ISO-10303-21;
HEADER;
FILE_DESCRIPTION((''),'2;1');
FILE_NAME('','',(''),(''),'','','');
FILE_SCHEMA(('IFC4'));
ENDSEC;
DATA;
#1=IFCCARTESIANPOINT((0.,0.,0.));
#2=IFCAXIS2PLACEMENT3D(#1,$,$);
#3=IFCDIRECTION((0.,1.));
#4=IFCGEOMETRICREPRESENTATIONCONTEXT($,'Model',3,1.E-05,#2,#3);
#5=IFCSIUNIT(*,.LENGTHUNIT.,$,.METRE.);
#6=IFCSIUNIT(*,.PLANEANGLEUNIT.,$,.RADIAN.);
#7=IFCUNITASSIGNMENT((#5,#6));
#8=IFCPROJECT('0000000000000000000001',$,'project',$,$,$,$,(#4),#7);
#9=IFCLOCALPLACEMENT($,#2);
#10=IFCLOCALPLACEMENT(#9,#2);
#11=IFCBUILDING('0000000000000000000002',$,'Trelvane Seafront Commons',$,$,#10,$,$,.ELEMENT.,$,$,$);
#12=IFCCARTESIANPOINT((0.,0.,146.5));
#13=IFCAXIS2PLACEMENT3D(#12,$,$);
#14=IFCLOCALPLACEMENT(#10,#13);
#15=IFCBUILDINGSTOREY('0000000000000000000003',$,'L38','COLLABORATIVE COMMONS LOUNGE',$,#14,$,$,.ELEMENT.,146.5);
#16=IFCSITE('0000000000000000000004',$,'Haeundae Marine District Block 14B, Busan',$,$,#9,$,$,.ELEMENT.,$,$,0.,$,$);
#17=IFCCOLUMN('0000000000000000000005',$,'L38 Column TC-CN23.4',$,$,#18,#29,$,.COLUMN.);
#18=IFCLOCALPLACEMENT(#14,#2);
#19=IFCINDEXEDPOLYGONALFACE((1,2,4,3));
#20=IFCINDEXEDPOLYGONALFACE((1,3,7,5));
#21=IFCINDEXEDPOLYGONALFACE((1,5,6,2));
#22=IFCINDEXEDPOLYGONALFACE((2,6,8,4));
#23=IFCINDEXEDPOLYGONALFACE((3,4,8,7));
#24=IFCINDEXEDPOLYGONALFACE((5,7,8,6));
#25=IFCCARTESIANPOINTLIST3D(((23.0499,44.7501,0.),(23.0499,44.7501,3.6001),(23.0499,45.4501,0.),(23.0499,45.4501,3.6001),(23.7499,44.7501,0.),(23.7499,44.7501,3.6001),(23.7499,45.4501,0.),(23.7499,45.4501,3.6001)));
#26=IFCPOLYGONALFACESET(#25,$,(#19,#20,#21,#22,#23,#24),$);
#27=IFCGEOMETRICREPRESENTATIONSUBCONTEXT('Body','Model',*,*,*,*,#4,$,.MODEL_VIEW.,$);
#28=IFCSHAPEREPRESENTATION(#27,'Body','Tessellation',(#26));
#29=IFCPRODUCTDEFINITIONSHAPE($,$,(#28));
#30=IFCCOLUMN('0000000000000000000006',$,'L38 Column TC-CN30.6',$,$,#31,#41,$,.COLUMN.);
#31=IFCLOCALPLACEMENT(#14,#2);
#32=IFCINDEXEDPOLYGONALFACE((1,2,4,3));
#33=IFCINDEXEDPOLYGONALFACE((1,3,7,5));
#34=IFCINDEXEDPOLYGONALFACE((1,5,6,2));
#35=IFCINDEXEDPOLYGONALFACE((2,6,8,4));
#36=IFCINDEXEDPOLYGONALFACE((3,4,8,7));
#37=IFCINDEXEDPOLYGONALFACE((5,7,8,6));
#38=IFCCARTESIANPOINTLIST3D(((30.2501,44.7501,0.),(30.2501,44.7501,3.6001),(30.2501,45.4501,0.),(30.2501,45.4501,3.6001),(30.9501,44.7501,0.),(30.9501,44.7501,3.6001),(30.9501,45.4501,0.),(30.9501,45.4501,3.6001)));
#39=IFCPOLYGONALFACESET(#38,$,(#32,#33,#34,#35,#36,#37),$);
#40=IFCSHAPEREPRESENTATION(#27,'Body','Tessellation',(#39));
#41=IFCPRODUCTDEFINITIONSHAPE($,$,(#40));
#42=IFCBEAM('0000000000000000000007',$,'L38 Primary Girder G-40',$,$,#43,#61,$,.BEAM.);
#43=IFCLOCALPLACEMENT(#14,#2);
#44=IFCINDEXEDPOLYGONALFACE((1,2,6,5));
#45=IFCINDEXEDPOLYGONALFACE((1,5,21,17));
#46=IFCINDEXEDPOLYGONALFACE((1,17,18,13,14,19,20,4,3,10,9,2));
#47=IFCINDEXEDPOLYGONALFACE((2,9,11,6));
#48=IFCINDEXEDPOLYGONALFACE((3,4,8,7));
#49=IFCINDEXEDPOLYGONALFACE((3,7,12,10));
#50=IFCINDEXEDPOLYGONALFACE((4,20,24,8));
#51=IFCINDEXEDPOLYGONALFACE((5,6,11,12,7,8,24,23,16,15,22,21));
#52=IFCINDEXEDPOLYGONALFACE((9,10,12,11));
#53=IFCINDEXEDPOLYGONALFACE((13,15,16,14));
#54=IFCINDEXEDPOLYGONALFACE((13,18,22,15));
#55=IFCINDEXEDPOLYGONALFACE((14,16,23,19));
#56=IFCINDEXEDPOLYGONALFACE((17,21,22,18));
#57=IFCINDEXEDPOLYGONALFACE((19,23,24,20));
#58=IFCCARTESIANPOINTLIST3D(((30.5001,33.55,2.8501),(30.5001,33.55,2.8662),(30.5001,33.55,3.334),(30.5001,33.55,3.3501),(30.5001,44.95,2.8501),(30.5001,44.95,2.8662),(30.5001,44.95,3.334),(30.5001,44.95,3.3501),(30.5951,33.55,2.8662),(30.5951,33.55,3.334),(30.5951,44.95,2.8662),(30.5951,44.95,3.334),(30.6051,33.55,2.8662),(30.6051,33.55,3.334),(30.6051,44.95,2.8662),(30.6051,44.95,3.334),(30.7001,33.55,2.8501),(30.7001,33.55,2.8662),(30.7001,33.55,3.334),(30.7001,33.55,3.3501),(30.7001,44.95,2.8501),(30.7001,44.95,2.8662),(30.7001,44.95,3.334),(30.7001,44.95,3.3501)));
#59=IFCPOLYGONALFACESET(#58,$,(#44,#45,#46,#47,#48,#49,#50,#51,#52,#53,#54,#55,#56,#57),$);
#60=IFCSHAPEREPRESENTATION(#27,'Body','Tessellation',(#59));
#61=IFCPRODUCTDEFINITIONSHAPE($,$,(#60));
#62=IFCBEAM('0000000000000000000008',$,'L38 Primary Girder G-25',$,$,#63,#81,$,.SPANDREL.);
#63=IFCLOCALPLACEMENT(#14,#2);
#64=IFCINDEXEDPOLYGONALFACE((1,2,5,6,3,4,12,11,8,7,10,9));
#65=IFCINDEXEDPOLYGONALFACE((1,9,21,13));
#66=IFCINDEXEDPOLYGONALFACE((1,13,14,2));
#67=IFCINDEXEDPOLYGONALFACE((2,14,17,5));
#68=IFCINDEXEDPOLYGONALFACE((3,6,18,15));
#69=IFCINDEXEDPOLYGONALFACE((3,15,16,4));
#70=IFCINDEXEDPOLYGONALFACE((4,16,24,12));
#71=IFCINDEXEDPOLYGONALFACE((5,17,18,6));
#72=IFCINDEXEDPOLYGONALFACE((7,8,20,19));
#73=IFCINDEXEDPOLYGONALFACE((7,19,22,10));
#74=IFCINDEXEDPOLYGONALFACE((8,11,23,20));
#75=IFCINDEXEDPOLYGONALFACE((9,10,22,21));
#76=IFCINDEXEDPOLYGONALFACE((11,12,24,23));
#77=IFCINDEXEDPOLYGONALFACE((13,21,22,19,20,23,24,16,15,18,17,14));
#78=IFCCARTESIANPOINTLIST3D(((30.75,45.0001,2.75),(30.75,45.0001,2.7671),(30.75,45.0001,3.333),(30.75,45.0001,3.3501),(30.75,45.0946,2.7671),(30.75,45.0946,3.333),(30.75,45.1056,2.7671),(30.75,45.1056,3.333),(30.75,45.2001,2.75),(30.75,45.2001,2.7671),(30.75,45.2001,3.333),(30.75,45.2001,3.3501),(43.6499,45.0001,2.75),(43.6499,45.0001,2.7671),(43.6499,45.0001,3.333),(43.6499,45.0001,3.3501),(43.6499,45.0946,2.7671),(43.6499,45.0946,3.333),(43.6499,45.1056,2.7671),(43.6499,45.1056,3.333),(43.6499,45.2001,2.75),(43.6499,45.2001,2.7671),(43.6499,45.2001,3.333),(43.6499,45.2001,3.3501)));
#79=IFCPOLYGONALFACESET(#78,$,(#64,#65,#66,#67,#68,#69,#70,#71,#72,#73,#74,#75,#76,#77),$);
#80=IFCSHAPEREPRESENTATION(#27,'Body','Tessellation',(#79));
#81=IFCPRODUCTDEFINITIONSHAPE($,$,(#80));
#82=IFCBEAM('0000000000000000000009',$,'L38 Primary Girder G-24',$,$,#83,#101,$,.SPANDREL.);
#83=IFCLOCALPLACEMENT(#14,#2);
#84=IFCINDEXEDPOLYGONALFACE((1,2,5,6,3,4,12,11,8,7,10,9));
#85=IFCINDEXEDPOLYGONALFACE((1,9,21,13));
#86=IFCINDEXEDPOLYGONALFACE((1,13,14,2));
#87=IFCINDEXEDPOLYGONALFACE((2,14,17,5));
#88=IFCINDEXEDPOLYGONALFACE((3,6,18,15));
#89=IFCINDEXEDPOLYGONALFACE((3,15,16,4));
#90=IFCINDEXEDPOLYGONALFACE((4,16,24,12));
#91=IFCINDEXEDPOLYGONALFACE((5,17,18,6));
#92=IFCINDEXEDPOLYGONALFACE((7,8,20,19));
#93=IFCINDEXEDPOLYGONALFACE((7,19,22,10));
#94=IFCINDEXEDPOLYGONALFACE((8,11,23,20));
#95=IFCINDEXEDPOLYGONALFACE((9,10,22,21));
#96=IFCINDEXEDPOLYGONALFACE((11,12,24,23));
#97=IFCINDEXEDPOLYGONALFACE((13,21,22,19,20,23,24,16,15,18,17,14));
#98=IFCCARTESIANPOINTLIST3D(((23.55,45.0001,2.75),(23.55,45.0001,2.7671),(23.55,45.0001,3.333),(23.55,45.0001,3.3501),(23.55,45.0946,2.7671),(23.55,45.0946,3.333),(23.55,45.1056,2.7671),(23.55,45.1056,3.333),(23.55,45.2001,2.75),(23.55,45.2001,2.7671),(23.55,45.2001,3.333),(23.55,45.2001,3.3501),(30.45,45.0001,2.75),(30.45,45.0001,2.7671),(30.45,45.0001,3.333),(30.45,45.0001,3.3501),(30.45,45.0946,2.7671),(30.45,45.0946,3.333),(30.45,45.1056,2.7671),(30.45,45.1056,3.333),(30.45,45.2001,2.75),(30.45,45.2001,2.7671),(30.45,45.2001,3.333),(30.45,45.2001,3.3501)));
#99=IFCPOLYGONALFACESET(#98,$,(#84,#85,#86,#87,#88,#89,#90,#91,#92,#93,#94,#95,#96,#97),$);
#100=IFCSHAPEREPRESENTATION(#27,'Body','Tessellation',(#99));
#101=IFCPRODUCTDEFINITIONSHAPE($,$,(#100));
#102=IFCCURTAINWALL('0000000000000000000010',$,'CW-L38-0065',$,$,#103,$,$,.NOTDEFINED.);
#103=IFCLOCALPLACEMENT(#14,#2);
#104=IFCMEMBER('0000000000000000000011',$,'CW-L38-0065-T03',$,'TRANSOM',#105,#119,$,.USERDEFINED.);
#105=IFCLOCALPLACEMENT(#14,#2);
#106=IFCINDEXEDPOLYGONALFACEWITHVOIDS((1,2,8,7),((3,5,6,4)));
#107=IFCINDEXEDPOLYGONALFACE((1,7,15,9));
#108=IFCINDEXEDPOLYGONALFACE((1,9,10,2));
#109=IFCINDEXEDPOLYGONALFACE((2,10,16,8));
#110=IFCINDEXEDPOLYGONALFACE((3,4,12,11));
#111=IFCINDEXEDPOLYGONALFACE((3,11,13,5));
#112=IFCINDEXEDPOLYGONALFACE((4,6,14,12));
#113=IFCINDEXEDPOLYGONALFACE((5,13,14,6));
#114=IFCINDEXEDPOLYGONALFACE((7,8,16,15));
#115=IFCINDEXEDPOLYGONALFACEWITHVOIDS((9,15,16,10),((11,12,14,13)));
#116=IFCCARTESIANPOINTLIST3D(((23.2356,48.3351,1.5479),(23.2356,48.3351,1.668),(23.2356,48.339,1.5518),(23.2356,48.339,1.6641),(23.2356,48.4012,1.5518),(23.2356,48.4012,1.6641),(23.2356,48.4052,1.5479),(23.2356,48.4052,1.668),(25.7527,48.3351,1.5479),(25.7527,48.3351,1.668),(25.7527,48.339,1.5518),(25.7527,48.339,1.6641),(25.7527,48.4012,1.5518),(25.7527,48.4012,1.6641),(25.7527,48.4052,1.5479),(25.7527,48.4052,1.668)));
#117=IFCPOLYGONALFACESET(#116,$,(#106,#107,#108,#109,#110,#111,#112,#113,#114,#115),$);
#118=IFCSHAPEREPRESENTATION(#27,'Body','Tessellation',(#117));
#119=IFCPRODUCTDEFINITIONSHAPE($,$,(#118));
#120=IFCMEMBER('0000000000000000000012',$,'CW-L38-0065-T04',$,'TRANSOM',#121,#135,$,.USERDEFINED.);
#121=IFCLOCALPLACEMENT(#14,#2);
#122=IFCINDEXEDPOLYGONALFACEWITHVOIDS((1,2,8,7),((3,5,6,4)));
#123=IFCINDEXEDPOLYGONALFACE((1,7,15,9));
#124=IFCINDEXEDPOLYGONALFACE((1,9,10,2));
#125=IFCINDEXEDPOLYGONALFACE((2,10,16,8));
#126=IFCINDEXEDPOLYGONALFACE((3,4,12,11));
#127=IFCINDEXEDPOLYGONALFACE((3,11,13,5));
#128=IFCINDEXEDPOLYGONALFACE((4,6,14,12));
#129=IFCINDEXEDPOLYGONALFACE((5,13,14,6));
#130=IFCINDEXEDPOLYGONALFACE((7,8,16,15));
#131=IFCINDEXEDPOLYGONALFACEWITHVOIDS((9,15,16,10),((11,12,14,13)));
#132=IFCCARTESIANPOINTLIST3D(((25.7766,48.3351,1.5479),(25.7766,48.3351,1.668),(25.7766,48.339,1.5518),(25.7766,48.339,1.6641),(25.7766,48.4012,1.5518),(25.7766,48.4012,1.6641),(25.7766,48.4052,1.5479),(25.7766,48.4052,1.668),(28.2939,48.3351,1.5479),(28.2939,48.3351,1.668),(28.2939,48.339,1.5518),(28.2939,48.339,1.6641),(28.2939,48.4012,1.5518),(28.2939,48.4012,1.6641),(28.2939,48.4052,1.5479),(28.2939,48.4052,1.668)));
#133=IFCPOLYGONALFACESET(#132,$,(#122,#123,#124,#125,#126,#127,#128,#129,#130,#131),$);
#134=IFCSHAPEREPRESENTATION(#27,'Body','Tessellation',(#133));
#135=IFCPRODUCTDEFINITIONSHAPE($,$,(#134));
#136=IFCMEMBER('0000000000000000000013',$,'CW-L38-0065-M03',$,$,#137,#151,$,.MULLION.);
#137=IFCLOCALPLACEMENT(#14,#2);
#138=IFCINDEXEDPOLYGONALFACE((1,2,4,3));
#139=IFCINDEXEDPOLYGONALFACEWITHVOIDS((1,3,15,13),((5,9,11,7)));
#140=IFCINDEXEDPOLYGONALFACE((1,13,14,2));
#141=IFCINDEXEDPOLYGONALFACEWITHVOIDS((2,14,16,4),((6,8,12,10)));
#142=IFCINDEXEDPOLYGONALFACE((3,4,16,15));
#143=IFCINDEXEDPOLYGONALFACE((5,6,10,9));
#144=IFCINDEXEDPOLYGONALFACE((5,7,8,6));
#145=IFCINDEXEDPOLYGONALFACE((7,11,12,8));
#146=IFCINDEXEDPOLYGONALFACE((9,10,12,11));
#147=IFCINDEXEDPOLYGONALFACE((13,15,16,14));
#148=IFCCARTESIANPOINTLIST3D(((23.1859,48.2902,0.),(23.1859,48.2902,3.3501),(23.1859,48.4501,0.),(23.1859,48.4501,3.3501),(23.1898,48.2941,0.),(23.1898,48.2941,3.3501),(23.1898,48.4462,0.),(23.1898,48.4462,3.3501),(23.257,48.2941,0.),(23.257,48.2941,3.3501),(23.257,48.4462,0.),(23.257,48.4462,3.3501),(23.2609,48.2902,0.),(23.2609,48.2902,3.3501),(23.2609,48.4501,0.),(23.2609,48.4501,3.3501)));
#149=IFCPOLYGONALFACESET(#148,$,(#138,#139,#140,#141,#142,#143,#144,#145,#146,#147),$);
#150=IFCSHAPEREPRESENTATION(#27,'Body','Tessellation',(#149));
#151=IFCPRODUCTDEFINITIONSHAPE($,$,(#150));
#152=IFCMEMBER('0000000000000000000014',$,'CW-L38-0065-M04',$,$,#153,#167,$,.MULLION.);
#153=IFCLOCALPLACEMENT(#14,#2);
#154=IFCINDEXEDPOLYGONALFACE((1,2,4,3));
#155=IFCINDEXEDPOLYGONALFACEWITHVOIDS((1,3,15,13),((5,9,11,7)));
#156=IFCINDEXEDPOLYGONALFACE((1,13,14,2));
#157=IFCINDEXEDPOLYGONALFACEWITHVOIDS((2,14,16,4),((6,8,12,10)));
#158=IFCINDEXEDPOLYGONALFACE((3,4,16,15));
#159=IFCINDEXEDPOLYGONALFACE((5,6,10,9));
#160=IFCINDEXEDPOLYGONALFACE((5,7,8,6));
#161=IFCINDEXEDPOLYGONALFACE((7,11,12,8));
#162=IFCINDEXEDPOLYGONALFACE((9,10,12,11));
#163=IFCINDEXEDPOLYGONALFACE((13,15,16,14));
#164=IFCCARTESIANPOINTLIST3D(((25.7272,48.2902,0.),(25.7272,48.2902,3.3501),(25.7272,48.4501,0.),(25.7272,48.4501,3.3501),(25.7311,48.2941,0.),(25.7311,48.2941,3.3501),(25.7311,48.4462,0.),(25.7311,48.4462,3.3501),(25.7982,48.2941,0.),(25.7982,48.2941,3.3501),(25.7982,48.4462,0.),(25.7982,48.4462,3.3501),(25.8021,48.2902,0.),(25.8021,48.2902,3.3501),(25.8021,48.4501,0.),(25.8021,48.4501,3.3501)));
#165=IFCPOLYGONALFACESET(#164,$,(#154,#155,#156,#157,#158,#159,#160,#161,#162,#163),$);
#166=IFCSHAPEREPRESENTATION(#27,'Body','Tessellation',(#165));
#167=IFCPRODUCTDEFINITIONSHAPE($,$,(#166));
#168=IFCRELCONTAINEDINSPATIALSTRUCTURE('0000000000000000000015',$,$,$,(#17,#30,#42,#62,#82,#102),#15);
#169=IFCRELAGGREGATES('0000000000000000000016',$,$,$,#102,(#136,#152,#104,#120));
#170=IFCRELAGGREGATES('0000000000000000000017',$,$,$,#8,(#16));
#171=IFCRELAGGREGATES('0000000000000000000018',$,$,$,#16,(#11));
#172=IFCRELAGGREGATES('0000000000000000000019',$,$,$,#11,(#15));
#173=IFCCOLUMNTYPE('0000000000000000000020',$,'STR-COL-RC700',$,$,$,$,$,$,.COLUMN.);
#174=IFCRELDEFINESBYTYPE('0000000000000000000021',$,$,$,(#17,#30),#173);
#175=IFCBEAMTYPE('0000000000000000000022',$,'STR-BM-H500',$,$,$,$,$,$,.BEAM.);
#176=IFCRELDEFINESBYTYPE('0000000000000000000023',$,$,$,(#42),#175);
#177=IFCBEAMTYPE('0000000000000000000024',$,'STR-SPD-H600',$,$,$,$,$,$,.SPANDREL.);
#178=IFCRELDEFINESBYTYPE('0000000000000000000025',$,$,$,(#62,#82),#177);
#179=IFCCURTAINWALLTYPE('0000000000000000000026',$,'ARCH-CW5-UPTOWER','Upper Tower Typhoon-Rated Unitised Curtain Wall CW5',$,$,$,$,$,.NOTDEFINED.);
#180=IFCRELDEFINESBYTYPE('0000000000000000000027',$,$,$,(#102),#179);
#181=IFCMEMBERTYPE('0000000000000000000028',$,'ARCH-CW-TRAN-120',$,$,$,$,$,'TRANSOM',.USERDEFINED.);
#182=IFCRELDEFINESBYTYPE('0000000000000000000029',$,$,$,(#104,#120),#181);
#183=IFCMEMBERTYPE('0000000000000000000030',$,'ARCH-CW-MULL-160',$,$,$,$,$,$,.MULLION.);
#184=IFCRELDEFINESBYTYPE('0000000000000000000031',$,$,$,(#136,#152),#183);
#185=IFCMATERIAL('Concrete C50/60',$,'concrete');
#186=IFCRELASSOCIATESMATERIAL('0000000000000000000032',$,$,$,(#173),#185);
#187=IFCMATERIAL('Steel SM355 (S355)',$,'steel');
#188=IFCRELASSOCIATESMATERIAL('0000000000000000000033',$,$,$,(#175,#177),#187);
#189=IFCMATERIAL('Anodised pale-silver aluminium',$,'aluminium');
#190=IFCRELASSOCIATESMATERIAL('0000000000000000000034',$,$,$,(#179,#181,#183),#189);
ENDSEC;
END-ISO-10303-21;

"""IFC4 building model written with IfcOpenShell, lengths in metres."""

from ifc_helpers import new_model, si_unit, direction, frame, origin, origin_2d, place, context, subcontext, project, spatial, rectangle, hollow_rectangle, i_section, extrude, source, transform, mapped, material, material_profile, profile_set, type_object, element, aggregate, save


model = new_model("IFC4")

# Units and contexts
model_context = context("Model", 3, precision=1e-05, world=origin(), true_north=direction((0.0, 1.0)))
body_context = subcontext(model_context, "Body", "Model", "MODEL_VIEW")
ifc_project = project(units=[si_unit("LENGTHUNIT", "METRE"), si_unit("PLANEANGLEUNIT", "RADIAN")], contexts=[model_context])

# Site, building, storey
site_placement = place(None, origin())
site = spatial("IfcSite", under=ifc_project, at=site_placement, Name="Haeundae Marine District Block 14B, Busan", CompositionType="ELEMENT", RefElevation=0.0)
building_placement = place(site_placement, origin())
building = spatial("IfcBuilding", under=site, at=building_placement, Name="Trelvane Seafront Commons", CompositionType="ELEMENT")
storey_placement = place(building_placement, frame((0.0, 0.0, 146.5)))
storey = spatial("IfcBuildingStorey", under=building, at=storey_placement, Name="L38", Description="COLLABORATIVE COMMONS LOUNGE", CompositionType="ELEMENT", Elevation=146.5)

# Columns
ifc_material_1 = material(Name="Concrete C50/60", Category="concrete")
ifc_material_profile_1 = material_profile(ifc_material_1, rectangle(XDim=0.7, YDim=0.7, at=origin_2d()), Name="RC-700x700")
ifc_profile_set_1 = profile_set([ifc_material_profile_1], Name="Concrete C50/60")
column_type = type_object("IfcColumnType", Name="STR-COL-RC700", PredefinedType="COLUMN", material=ifc_profile_set_1)
shared_shape_1 = source(origin(), body_context, "Body", "SweptSolid", [
    extrude(rectangle(XDim=0.7, YDim=0.7, at=origin_2d()), origin(), (0.0, 0.0, 1.0), 3.6001),
])
for number, where, z_axis, x_axis, name in (
    (1, (23.3999, 45.1001, 0.0), (0.0, 0.0, 1.0), (1.0, 0.0, 0.0), "L38 Column TC-CN23.4"),
    (2, (30.6001, 45.1001, 0.0), (0.0, 0.0, 1.0), (1.0, 0.0, 0.0), "L38 Column TC-CN30.6"),
):
    element("IfcColumn", number, at=place(storey_placement, frame(where, z_axis=z_axis, x_axis=x_axis)), inside=storey, type_object=column_type, Name=name, PredefinedType="COLUMN", context=body_context, shape_type="MappedRepresentation", body=[
        mapped(shared_shape_1, transform((0.0, 0.0, 0.0), x_axis=(1.0, 0.0, 0.0), y_axis=(0.0, 1.0, 0.0), z_axis=(0.0, 0.0, 1.0), scale=1.0)),
    ])

# Beams
ifc_material_2 = material(Name="Steel SM355 (S355)", Category="steel")
ifc_material_profile_2 = material_profile(ifc_material_2, i_section(OverallWidth=0.2, OverallDepth=0.5, WebThickness=0.01, FlangeThickness=0.0161, at=origin_2d()), Name="H-500x200x10x16")
ifc_profile_set_2 = profile_set([ifc_material_profile_2], Name="Steel SM355 (S355)")
beam_type_1 = type_object("IfcBeamType", Name="STR-BM-H500", PredefinedType="BEAM", material=ifc_profile_set_2)
shared_shape_2 = source(origin(), body_context, "Body", "SweptSolid", [
    extrude(i_section(OverallWidth=0.2, OverallDepth=0.5, WebThickness=0.01, FlangeThickness=0.0161, at=origin_2d()), origin(), (0.0, 0.0, 1.0), 11.3999),
])
beam_1_placement = place(storey_placement, frame((30.6001, 33.55, 3.1001), z_axis=(0.0, 1.0, 0.0), x_axis=(-1.0, 0.0, 0.0)))
element("IfcBeam", 3, at=beam_1_placement, inside=storey, type_object=beam_type_1, Name="L38 Primary Girder G-40", PredefinedType="BEAM", context=body_context, shape_type="MappedRepresentation", body=[
    mapped(shared_shape_2, transform((0.0, 0.0, 0.0), x_axis=(1.0, 0.0, 0.0), y_axis=(0.0, 1.0, 0.0), z_axis=(0.0, 0.0, 1.0), scale=1.0)),
])
ifc_material_profile_3 = material_profile(ifc_material_2, i_section(OverallWidth=0.2, OverallDepth=0.6001, WebThickness=0.011, FlangeThickness=0.0171, at=origin_2d()), Name="H-600x200x11x17")
ifc_profile_set_3 = profile_set([ifc_material_profile_3], Name="Steel SM355 (S355)")
beam_type_2 = type_object("IfcBeamType", Name="STR-SPD-H600", PredefinedType="SPANDREL", material=ifc_profile_set_3)
shared_shape_3 = source(origin(), body_context, "Body", "SweptSolid", [
    extrude(i_section(OverallWidth=0.2, OverallDepth=0.6001, WebThickness=0.011, FlangeThickness=0.0171, at=origin_2d()), origin(), (0.0, 0.0, 1.0), 12.8999),
])
beam_2_placement = place(storey_placement, frame((30.75, 45.1001, 3.05), z_axis=(1.0, 0.0, 0.0), x_axis=(0.0, 1.0, 0.0)))
element("IfcBeam", 4, at=beam_2_placement, inside=storey, type_object=beam_type_2, Name="L38 Primary Girder G-25", PredefinedType="SPANDREL", context=body_context, shape_type="MappedRepresentation", body=[
    mapped(shared_shape_3, transform((0.0, 0.0, 0.0), x_axis=(1.0, 0.0, 0.0), y_axis=(0.0, 1.0, 0.0), z_axis=(0.0, 0.0, 1.0), scale=1.0)),
])
shared_shape_4 = source(origin(), body_context, "Body", "SweptSolid", [
    extrude(i_section(OverallWidth=0.2, OverallDepth=0.6001, WebThickness=0.011, FlangeThickness=0.0171, at=origin_2d()), origin(), (0.0, 0.0, 1.0), 6.8999),
])
beam_3_placement = place(storey_placement, frame((23.55, 45.1001, 3.05), z_axis=(1.0, 0.0, 0.0), x_axis=(0.0, 1.0, 0.0)))
element("IfcBeam", 5, at=beam_3_placement, inside=storey, type_object=beam_type_2, Name="L38 Primary Girder G-24", PredefinedType="SPANDREL", context=body_context, shape_type="MappedRepresentation", body=[
    mapped(shared_shape_4, transform((0.0, 0.0, 0.0), x_axis=(1.0, 0.0, 0.0), y_axis=(0.0, 1.0, 0.0), z_axis=(0.0, 0.0, 1.0), scale=1.0)),
])

# Curtain wall, members
ifc_material_3 = material(Name="Anodised pale-silver aluminium", Category="aluminium")
curtain_wall_type = type_object("IfcCurtainWallType", Name="ARCH-CW5-UPTOWER", Description="Upper Tower Typhoon-Rated Unitised Curtain Wall CW5", PredefinedType="NOTDEFINED", material=ifc_material_3)
curtain_wall_placement = place(storey_placement, origin())
curtain_wall = element("IfcCurtainWall", 6, at=curtain_wall_placement, inside=storey, type_object=curtain_wall_type, Name="CW-L38-0065", PredefinedType="NOTDEFINED")
ifc_material_profile_4 = material_profile(ifc_material_3, hollow_rectangle(XDim=0.0701, YDim=0.1201, WallThickness=0.0039, at=origin_2d()), Name="TRAN-70x120x4")
ifc_profile_set_4 = profile_set([ifc_material_profile_4], Name="Anodised pale-silver aluminium")
member_type_1 = type_object("IfcMemberType", Name="ARCH-CW-TRAN-120", ElementType="TRANSOM", PredefinedType="USERDEFINED", material=ifc_profile_set_4)
shared_shape_5 = source(origin(), body_context, "Body", "SweptSolid", [
    extrude(hollow_rectangle(XDim=0.0701, YDim=0.1201, WallThickness=0.0039, at=origin_2d()), origin(), (0.0, 0.0, 1.0), 2.5171),
])
member_1_placement = place(storey_placement, frame((23.2356, 48.3701, 1.6079), z_axis=(1.0, 0.0, 0.0), x_axis=(0.0, 1.0, 0.0)))
member_1 = element("IfcMember", 7, at=member_1_placement, type_object=member_type_1, Name="CW-L38-0065-T03", ObjectType="TRANSOM", PredefinedType="USERDEFINED", context=body_context, shape_type="MappedRepresentation", body=[
    mapped(shared_shape_5, transform((0.0, 0.0, 0.0), x_axis=(1.0, 0.0, 0.0), y_axis=(0.0, 1.0, 0.0), z_axis=(0.0, 0.0, 1.0), scale=1.0)),
])
shared_shape_6 = source(origin(), body_context, "Body", "SweptSolid", [
    extrude(hollow_rectangle(XDim=0.0701, YDim=0.1201, WallThickness=0.0039, at=origin_2d()), origin(), (0.0, 0.0, 1.0), 2.5173),
])
member_2_placement = place(storey_placement, frame((25.7766, 48.3701, 1.6079), z_axis=(1.0, 0.0, 0.0), x_axis=(0.0, 1.0, 0.0)))
member_2 = element("IfcMember", 8, at=member_2_placement, type_object=member_type_1, Name="CW-L38-0065-T04", ObjectType="TRANSOM", PredefinedType="USERDEFINED", context=body_context, shape_type="MappedRepresentation", body=[
    mapped(shared_shape_6, transform((0.0, 0.0, 0.0), x_axis=(1.0, 0.0, 0.0), y_axis=(0.0, 1.0, 0.0), z_axis=(0.0, 0.0, 1.0), scale=1.0)),
])
ifc_material_profile_5 = material_profile(ifc_material_3, hollow_rectangle(XDim=0.075, YDim=0.1599, WallThickness=0.0039, at=origin_2d()), Name="MULL-75x160x4")
ifc_profile_set_5 = profile_set([ifc_material_profile_5], Name="Anodised pale-silver aluminium")
member_type_2 = type_object("IfcMemberType", Name="ARCH-CW-MULL-160", PredefinedType="MULLION", material=ifc_profile_set_5)
shared_shape_7 = source(origin(), body_context, "Body", "SweptSolid", [
    extrude(hollow_rectangle(XDim=0.075, YDim=0.1599, WallThickness=0.0039, at=origin_2d()), origin(), (0.0, 0.0, 1.0), 3.3501),
])
member_3_placement = place(storey_placement, frame((23.2234, 48.3701, 0.0), z_axis=(0.0, 0.0, 1.0), x_axis=(1.0, 0.0, 0.0)))
member_3 = element("IfcMember", 9, at=member_3_placement, type_object=member_type_2, Name="CW-L38-0065-M03", PredefinedType="MULLION", context=body_context, shape_type="MappedRepresentation", body=[
    mapped(shared_shape_7, transform((0.0, 0.0, 0.0), x_axis=(1.0, 0.0, 0.0), y_axis=(0.0, 1.0, 0.0), z_axis=(0.0, 0.0, 1.0), scale=1.0)),
])
member_4_placement = place(storey_placement, frame((25.7646, 48.3701, 0.0), z_axis=(0.0, 0.0, 1.0), x_axis=(1.0, 0.0, 0.0)))
member_4 = element("IfcMember", 10, at=member_4_placement, type_object=member_type_2, Name="CW-L38-0065-M04", PredefinedType="MULLION", context=body_context, shape_type="MappedRepresentation", body=[
    mapped(shared_shape_7, transform((0.0, 0.0, 0.0), x_axis=(1.0, 0.0, 0.0), y_axis=(0.0, 1.0, 0.0), z_axis=(0.0, 0.0, 1.0), scale=1.0)),
])
aggregate(curtain_wall, [member_3, member_4, member_1, member_2])

save(model, "model.ifc")
